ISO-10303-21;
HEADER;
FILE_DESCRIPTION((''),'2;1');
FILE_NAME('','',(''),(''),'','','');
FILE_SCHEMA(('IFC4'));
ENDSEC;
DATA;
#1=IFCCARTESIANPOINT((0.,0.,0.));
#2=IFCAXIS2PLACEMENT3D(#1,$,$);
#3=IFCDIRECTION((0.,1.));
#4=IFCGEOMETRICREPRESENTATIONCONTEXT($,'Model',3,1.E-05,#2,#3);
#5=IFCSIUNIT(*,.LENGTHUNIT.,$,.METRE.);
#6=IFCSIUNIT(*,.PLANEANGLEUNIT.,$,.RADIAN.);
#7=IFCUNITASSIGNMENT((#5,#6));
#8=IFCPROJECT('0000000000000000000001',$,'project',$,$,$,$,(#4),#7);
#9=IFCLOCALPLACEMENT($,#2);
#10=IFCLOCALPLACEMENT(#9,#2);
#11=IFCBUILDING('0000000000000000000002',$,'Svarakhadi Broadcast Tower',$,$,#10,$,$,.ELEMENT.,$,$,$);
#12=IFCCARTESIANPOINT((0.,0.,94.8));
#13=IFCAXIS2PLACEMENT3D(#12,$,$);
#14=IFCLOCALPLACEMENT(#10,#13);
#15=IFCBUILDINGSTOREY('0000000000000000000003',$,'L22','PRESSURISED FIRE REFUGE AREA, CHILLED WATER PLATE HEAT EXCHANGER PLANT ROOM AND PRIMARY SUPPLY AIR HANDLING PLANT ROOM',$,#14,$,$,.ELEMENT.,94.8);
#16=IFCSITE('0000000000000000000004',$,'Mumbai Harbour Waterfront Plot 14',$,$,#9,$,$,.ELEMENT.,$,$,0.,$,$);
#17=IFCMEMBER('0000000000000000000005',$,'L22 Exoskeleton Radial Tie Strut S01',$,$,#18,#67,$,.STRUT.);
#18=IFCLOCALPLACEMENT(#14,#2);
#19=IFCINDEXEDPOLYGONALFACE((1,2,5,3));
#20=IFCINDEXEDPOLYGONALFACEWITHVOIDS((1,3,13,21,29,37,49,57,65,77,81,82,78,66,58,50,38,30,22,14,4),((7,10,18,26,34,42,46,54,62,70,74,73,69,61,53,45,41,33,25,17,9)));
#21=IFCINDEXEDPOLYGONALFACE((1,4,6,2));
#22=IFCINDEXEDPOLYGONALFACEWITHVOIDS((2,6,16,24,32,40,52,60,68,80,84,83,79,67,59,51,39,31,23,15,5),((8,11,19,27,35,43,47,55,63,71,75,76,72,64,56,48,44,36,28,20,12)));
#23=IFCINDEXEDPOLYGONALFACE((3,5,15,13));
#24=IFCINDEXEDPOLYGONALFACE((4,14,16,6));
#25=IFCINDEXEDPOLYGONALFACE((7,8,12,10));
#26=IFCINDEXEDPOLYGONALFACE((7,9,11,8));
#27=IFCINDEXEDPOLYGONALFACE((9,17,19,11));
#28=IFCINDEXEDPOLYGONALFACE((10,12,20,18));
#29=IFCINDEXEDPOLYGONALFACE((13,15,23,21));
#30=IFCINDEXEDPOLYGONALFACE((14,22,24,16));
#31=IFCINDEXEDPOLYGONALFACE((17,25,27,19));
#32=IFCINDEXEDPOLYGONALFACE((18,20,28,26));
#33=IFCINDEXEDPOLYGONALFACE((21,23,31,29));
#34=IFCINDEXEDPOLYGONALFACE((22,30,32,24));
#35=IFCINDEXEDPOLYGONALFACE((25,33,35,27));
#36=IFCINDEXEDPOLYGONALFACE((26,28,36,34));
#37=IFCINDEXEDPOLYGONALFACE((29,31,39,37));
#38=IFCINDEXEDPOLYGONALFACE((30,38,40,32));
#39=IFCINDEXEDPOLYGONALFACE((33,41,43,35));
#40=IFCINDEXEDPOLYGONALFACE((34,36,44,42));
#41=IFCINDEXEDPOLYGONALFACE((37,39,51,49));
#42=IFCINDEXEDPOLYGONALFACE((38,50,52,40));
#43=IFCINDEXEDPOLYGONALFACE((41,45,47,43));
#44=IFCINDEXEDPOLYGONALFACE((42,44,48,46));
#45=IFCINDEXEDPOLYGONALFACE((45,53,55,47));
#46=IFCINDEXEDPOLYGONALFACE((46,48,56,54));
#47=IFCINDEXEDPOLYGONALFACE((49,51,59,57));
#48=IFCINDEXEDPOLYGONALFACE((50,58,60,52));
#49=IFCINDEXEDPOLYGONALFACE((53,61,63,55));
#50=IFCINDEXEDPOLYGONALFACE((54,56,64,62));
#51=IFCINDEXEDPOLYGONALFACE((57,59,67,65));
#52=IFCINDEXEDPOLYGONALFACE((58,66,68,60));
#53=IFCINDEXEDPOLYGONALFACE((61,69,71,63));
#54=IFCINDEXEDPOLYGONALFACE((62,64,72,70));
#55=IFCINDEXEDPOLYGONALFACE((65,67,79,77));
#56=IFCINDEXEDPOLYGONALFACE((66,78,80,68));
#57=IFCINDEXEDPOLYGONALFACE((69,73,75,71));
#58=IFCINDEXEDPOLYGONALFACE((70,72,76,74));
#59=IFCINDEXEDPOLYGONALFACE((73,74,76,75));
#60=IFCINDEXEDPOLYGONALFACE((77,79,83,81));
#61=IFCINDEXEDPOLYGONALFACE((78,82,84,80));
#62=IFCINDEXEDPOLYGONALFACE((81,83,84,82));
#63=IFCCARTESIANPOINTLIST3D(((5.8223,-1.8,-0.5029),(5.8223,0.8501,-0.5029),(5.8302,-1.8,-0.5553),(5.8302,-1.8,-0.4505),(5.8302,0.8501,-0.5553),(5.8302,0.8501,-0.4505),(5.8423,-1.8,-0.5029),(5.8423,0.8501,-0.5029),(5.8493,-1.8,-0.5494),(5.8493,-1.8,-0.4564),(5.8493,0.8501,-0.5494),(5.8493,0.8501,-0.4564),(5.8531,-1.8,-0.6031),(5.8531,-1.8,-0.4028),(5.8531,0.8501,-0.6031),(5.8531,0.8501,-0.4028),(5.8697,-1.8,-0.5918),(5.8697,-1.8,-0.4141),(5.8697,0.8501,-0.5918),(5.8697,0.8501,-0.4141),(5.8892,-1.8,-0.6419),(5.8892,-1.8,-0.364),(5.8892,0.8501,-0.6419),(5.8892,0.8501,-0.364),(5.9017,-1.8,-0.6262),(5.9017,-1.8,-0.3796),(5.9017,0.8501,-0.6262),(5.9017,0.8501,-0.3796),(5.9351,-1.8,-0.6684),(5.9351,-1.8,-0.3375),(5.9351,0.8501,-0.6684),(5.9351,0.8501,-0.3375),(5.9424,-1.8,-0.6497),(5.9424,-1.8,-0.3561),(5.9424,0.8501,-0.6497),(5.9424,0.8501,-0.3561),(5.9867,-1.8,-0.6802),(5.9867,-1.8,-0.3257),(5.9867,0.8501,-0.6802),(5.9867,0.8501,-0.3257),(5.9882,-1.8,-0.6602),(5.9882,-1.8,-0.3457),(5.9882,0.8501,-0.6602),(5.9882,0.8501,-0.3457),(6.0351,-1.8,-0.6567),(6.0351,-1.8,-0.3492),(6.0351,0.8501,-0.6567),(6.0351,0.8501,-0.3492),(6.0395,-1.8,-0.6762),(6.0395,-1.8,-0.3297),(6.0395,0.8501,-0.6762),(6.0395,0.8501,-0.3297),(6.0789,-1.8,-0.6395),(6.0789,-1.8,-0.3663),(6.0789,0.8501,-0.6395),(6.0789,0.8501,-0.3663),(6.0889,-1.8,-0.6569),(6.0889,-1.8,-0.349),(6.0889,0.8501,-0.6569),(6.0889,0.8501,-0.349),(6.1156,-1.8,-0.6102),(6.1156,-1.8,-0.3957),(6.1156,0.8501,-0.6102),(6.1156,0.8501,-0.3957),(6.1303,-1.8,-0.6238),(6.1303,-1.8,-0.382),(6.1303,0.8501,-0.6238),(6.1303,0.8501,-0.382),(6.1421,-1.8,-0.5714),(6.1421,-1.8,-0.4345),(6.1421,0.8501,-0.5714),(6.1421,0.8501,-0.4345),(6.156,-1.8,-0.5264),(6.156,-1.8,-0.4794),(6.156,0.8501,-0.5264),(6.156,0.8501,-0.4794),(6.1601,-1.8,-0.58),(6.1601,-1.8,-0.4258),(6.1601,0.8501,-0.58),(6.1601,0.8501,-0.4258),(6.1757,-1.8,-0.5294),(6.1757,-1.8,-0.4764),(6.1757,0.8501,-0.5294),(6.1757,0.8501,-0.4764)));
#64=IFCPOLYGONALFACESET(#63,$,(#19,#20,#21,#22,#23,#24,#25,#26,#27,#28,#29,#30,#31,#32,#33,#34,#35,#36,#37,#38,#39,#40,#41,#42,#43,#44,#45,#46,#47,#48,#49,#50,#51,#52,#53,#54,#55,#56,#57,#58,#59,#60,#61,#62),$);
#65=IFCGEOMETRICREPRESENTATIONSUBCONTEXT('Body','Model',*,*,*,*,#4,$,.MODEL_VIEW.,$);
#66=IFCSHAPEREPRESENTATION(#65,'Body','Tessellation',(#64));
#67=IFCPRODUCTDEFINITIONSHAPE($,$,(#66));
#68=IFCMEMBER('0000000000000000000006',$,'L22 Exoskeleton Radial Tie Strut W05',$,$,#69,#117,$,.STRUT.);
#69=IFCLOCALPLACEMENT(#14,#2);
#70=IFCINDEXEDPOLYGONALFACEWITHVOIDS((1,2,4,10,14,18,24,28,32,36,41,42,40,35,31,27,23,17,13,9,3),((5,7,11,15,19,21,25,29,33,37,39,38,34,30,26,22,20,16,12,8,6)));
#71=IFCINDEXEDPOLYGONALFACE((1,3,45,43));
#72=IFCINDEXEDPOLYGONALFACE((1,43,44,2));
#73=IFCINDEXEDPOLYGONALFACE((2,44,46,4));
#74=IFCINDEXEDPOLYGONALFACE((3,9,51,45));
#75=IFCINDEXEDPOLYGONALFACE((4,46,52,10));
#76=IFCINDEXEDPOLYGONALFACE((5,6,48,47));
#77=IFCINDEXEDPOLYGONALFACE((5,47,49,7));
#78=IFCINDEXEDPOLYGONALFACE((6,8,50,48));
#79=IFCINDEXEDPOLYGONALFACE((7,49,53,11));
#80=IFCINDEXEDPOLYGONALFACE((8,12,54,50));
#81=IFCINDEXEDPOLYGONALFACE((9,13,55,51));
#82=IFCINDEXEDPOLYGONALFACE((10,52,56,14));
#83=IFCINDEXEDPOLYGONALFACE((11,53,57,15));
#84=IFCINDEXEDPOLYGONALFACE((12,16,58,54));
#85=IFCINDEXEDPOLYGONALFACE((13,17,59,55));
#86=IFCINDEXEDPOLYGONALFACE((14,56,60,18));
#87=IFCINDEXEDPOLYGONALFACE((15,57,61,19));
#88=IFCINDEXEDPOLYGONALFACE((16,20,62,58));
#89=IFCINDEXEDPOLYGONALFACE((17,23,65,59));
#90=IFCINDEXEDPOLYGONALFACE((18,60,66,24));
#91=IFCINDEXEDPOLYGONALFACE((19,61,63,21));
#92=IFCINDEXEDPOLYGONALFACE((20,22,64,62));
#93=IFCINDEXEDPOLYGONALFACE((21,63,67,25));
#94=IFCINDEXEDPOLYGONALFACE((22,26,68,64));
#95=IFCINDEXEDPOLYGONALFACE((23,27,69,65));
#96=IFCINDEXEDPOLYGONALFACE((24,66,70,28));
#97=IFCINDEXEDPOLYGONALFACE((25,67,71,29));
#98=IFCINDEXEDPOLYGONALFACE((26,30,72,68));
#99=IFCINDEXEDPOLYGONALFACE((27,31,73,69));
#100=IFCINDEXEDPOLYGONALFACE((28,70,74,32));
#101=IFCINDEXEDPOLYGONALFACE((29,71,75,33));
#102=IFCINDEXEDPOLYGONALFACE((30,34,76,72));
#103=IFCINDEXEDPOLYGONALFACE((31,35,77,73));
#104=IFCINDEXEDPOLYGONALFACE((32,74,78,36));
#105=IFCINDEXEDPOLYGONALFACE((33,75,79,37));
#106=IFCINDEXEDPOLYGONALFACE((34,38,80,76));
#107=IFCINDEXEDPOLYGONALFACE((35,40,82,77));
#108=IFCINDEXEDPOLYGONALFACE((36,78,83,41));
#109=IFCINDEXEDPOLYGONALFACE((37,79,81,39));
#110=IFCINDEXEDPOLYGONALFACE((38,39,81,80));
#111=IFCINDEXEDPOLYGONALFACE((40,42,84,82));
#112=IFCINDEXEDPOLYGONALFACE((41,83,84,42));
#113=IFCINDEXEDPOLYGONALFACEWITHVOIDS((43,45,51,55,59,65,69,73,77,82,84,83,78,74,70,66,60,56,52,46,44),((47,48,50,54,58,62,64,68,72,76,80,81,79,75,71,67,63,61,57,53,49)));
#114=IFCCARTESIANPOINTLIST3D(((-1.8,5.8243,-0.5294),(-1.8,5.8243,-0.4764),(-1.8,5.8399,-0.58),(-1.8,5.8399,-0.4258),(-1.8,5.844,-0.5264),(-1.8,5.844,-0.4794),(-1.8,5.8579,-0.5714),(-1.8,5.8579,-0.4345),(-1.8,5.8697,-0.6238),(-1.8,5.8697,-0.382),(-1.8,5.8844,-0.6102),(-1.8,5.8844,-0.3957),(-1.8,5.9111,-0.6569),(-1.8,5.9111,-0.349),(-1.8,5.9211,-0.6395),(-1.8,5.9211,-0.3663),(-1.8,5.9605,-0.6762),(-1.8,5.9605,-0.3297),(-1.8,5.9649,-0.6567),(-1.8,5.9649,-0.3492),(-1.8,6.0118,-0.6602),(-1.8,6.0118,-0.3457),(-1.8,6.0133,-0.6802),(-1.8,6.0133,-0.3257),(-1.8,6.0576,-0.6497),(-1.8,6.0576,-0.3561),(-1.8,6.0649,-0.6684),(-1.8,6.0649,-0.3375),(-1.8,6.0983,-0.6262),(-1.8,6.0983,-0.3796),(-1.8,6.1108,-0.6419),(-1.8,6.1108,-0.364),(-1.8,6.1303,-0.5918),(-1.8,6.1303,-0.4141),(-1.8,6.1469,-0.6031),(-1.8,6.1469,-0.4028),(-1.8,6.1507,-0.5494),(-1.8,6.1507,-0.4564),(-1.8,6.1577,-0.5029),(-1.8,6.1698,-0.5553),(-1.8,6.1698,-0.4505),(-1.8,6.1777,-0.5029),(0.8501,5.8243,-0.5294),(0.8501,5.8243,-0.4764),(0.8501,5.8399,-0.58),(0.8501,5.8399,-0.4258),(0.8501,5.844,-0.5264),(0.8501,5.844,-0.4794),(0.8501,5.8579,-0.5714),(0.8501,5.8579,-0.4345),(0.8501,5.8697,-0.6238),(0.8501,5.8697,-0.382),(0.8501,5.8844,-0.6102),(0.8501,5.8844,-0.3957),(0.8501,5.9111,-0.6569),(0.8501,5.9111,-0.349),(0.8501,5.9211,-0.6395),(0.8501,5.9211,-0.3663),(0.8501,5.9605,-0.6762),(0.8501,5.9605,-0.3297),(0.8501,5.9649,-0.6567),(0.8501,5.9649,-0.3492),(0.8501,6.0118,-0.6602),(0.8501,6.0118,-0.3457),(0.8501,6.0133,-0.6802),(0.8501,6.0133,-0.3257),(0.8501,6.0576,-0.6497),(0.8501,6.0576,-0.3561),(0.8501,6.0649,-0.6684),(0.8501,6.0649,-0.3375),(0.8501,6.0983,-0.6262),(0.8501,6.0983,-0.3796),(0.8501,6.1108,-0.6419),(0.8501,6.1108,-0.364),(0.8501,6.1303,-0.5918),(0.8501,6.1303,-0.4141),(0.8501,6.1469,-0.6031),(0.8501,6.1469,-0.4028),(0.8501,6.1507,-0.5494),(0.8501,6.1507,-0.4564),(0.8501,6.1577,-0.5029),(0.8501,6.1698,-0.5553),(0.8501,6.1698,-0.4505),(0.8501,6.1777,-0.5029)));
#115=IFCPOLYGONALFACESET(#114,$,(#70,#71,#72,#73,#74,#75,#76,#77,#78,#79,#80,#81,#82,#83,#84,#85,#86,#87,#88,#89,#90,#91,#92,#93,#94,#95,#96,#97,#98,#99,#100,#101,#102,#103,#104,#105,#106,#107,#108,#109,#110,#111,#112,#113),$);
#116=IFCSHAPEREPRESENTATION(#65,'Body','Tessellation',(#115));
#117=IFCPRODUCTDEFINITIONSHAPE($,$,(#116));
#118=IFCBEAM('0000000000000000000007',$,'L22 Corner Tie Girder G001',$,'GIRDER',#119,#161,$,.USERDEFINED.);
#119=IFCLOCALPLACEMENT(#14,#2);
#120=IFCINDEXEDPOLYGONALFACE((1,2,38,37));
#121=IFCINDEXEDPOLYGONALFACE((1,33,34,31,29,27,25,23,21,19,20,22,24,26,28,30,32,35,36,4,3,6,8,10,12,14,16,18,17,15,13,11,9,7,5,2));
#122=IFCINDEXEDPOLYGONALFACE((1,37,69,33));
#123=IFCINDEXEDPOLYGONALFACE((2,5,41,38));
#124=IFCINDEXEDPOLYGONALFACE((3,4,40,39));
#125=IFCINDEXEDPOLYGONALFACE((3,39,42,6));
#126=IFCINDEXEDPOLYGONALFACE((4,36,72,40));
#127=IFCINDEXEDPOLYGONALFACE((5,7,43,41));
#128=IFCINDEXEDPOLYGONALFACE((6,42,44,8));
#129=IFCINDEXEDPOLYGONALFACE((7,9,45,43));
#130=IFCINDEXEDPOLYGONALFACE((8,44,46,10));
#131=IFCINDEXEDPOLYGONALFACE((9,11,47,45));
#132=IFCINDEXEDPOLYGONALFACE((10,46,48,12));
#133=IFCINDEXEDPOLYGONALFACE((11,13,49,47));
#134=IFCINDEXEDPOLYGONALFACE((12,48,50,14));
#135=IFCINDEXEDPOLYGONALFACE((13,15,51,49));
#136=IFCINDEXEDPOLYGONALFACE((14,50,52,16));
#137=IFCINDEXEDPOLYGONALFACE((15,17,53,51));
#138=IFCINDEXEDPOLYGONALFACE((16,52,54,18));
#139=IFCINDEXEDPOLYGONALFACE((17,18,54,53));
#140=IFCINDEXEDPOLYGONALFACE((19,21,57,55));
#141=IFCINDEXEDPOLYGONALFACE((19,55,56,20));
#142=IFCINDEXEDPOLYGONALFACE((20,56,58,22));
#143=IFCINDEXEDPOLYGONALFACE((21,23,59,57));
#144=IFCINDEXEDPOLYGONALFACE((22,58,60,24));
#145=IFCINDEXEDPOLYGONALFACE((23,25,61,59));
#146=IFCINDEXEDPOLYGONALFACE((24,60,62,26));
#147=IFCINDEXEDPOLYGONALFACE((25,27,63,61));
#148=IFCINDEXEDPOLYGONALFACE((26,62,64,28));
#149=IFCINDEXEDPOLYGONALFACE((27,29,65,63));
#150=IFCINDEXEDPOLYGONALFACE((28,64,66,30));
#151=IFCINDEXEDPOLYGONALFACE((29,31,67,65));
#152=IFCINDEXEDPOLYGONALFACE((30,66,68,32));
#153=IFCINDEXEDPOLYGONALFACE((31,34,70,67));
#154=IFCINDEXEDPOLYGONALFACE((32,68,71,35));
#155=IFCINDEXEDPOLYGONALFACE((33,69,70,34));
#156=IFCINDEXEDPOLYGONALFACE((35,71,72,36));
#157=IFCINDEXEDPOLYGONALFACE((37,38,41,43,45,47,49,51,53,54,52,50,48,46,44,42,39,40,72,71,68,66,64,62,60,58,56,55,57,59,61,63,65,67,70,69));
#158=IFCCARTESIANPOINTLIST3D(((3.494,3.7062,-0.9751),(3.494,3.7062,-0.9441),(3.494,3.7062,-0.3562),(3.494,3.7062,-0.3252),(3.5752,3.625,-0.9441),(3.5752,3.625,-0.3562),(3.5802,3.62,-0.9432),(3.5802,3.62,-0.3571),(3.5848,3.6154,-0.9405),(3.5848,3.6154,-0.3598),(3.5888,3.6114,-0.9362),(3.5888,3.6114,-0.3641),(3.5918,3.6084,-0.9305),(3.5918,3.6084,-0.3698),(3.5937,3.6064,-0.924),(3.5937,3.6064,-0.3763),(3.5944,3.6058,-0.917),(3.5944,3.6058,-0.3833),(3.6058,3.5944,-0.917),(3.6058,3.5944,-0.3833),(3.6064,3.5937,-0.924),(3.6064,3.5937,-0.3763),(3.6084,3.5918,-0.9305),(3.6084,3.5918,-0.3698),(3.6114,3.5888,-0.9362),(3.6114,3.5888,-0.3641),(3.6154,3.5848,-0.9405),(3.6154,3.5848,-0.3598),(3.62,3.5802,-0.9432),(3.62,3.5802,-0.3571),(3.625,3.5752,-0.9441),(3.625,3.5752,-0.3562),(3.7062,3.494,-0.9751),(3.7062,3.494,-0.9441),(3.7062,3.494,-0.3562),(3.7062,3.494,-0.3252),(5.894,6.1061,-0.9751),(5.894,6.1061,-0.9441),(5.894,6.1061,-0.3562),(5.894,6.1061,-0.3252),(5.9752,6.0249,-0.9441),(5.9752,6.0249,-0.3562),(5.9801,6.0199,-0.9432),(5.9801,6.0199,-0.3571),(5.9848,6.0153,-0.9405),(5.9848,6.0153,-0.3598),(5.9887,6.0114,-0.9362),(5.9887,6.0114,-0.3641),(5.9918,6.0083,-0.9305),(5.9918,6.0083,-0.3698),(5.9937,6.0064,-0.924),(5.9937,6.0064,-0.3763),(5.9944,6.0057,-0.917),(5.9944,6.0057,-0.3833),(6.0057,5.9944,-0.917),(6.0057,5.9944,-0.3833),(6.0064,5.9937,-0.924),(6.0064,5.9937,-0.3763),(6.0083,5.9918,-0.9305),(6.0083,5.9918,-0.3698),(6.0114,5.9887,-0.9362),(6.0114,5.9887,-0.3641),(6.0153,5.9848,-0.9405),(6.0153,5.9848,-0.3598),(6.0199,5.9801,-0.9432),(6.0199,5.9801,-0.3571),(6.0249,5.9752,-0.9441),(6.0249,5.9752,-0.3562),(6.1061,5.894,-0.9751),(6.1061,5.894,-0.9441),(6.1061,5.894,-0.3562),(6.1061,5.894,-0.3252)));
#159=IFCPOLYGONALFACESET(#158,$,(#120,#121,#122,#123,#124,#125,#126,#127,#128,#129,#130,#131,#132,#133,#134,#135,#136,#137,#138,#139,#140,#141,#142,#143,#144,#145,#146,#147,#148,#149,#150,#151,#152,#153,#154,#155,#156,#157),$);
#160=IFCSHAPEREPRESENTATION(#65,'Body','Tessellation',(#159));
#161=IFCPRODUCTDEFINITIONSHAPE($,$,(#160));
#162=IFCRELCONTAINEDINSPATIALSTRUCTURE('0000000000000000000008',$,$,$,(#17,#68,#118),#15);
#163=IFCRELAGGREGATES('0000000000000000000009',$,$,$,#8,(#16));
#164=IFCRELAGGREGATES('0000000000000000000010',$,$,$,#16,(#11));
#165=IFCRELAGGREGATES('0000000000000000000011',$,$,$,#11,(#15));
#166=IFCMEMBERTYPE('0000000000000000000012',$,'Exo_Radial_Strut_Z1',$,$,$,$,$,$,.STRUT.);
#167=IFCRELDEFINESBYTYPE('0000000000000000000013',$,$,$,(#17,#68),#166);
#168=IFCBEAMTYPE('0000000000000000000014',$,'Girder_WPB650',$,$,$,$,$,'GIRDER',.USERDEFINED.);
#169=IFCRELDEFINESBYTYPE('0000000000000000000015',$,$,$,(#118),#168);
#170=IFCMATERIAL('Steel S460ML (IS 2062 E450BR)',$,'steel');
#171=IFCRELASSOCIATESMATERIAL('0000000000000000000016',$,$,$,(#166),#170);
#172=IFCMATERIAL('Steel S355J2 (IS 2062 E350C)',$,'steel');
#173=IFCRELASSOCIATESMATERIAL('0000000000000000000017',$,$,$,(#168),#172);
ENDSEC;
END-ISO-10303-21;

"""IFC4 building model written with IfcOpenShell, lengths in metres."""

from ifc_helpers import new_model, si_unit, direction, frame, origin, origin_2d, place, context, subcontext, project, spatial, hollow_circle, i_section, extrude, material, material_profile, profile_set, type_object, element, save


model = new_model("IFC4")

# Units and contexts
model_context = context("Model", 3, precision=1e-05, world=origin(), true_north=direction((0.0, 1.0)))
body_context = subcontext(model_context, "Body", "Model", "MODEL_VIEW")
ifc_project = project(units=[si_unit("LENGTHUNIT", "METRE"), si_unit("PLANEANGLEUNIT", "RADIAN")], contexts=[model_context])

# Site, building, storey
site_placement = place(None, origin())
site = spatial("IfcSite", under=ifc_project, at=site_placement, Name="Mumbai Harbour Waterfront Plot 14", CompositionType="ELEMENT", RefElevation=0.0)
building_placement = place(site_placement, origin())
building = spatial("IfcBuilding", under=site, at=building_placement, Name="Svarakhadi Broadcast Tower", CompositionType="ELEMENT")
storey_placement = place(building_placement, frame((0.0, 0.0, 94.8)))
storey = spatial("IfcBuildingStorey", under=building, at=storey_placement, Name="L22", Description="PRESSURISED FIRE REFUGE AREA, CHILLED WATER PLATE HEAT EXCHANGER PLANT ROOM AND PRIMARY SUPPLY AIR HANDLING PLANT ROOM", CompositionType="ELEMENT", Elevation=94.8)

# Shared definitions
ifc_material_1 = material(Name="Steel S460ML (IS 2062 E450BR)", Category="steel")

# Members
ifc_material_profile_1 = material_profile(ifc_material_1, hollow_circle(Radius=0.1777, WallThickness=0.02, at=origin_2d()), Name="CHS 355.6x20")
ifc_profile_set_1 = profile_set([ifc_material_profile_1], Name="Steel S460ML (IS 2062 E450BR)")
member_type_1 = type_object("IfcMemberType", Name="Exo_Radial_Strut_Z1", PredefinedType="STRUT", material=ifc_profile_set_1)
for number, where, z_axis, x_axis, name in (
    (1, (6.0, -1.8, -0.5029), (0.0, 1.0, 0.0), (-1.0, 0.0, 0.0), "L22 Exoskeleton Radial Tie Strut S01"),
    (2, (-1.8, 6.0, -0.5029), (1.0, 0.0, 0.0), (0.0, 1.0, 0.0), "L22 Exoskeleton Radial Tie Strut W05"),
):
    element("IfcMember", number, at=place(storey_placement, frame(where, z_axis=z_axis, x_axis=x_axis)), inside=storey, type_object=member_type_1, Name=name, PredefinedType="STRUT", context=body_context, shape_type="SweptSolid", body=[
        extrude(hollow_circle(Radius=0.1777, WallThickness=0.02, at=origin_2d()), origin(), (0.0, 0.0, 1.0), 2.6501),
    ])

# Beam
ifc_material_2 = material(Name="Steel S355J2 (IS 2062 E350C)", Category="steel")
ifc_material_profile_2 = material_profile(ifc_material_2, i_section(OverallWidth=0.3, OverallDepth=0.6499, WebThickness=0.0161, FlangeThickness=0.031, FilletRadius=0.0271, at=origin_2d()), Name="WPB 650x300x225")
ifc_profile_set_2 = profile_set([ifc_material_profile_2], Name="Steel S355J2 (IS 2062 E350C)")
beam_type = type_object("IfcBeamType", Name="Girder_WPB650", ElementType="GIRDER", PredefinedType="USERDEFINED", material=ifc_profile_set_2)
beam_1_placement = place(storey_placement, frame((3.6001, 3.6001, -0.6501), z_axis=(0.707107, 0.707107, 0.0), x_axis=(-0.707107, 0.707107, 0.0)))
element("IfcBeam", 3, at=beam_1_placement, inside=storey, type_object=beam_type, Name="L22 Corner Tie Girder G001", ObjectType="GIRDER", PredefinedType="USERDEFINED", context=body_context, shape_type="SweptSolid", body=[
    extrude(i_section(OverallWidth=0.3, OverallDepth=0.6499, WebThickness=0.0161, FlangeThickness=0.031, FilletRadius=0.0271, at=origin_2d()), origin(), (0.0, 0.0, 1.0), 3.394),
])

save(model, "model.ifc")
